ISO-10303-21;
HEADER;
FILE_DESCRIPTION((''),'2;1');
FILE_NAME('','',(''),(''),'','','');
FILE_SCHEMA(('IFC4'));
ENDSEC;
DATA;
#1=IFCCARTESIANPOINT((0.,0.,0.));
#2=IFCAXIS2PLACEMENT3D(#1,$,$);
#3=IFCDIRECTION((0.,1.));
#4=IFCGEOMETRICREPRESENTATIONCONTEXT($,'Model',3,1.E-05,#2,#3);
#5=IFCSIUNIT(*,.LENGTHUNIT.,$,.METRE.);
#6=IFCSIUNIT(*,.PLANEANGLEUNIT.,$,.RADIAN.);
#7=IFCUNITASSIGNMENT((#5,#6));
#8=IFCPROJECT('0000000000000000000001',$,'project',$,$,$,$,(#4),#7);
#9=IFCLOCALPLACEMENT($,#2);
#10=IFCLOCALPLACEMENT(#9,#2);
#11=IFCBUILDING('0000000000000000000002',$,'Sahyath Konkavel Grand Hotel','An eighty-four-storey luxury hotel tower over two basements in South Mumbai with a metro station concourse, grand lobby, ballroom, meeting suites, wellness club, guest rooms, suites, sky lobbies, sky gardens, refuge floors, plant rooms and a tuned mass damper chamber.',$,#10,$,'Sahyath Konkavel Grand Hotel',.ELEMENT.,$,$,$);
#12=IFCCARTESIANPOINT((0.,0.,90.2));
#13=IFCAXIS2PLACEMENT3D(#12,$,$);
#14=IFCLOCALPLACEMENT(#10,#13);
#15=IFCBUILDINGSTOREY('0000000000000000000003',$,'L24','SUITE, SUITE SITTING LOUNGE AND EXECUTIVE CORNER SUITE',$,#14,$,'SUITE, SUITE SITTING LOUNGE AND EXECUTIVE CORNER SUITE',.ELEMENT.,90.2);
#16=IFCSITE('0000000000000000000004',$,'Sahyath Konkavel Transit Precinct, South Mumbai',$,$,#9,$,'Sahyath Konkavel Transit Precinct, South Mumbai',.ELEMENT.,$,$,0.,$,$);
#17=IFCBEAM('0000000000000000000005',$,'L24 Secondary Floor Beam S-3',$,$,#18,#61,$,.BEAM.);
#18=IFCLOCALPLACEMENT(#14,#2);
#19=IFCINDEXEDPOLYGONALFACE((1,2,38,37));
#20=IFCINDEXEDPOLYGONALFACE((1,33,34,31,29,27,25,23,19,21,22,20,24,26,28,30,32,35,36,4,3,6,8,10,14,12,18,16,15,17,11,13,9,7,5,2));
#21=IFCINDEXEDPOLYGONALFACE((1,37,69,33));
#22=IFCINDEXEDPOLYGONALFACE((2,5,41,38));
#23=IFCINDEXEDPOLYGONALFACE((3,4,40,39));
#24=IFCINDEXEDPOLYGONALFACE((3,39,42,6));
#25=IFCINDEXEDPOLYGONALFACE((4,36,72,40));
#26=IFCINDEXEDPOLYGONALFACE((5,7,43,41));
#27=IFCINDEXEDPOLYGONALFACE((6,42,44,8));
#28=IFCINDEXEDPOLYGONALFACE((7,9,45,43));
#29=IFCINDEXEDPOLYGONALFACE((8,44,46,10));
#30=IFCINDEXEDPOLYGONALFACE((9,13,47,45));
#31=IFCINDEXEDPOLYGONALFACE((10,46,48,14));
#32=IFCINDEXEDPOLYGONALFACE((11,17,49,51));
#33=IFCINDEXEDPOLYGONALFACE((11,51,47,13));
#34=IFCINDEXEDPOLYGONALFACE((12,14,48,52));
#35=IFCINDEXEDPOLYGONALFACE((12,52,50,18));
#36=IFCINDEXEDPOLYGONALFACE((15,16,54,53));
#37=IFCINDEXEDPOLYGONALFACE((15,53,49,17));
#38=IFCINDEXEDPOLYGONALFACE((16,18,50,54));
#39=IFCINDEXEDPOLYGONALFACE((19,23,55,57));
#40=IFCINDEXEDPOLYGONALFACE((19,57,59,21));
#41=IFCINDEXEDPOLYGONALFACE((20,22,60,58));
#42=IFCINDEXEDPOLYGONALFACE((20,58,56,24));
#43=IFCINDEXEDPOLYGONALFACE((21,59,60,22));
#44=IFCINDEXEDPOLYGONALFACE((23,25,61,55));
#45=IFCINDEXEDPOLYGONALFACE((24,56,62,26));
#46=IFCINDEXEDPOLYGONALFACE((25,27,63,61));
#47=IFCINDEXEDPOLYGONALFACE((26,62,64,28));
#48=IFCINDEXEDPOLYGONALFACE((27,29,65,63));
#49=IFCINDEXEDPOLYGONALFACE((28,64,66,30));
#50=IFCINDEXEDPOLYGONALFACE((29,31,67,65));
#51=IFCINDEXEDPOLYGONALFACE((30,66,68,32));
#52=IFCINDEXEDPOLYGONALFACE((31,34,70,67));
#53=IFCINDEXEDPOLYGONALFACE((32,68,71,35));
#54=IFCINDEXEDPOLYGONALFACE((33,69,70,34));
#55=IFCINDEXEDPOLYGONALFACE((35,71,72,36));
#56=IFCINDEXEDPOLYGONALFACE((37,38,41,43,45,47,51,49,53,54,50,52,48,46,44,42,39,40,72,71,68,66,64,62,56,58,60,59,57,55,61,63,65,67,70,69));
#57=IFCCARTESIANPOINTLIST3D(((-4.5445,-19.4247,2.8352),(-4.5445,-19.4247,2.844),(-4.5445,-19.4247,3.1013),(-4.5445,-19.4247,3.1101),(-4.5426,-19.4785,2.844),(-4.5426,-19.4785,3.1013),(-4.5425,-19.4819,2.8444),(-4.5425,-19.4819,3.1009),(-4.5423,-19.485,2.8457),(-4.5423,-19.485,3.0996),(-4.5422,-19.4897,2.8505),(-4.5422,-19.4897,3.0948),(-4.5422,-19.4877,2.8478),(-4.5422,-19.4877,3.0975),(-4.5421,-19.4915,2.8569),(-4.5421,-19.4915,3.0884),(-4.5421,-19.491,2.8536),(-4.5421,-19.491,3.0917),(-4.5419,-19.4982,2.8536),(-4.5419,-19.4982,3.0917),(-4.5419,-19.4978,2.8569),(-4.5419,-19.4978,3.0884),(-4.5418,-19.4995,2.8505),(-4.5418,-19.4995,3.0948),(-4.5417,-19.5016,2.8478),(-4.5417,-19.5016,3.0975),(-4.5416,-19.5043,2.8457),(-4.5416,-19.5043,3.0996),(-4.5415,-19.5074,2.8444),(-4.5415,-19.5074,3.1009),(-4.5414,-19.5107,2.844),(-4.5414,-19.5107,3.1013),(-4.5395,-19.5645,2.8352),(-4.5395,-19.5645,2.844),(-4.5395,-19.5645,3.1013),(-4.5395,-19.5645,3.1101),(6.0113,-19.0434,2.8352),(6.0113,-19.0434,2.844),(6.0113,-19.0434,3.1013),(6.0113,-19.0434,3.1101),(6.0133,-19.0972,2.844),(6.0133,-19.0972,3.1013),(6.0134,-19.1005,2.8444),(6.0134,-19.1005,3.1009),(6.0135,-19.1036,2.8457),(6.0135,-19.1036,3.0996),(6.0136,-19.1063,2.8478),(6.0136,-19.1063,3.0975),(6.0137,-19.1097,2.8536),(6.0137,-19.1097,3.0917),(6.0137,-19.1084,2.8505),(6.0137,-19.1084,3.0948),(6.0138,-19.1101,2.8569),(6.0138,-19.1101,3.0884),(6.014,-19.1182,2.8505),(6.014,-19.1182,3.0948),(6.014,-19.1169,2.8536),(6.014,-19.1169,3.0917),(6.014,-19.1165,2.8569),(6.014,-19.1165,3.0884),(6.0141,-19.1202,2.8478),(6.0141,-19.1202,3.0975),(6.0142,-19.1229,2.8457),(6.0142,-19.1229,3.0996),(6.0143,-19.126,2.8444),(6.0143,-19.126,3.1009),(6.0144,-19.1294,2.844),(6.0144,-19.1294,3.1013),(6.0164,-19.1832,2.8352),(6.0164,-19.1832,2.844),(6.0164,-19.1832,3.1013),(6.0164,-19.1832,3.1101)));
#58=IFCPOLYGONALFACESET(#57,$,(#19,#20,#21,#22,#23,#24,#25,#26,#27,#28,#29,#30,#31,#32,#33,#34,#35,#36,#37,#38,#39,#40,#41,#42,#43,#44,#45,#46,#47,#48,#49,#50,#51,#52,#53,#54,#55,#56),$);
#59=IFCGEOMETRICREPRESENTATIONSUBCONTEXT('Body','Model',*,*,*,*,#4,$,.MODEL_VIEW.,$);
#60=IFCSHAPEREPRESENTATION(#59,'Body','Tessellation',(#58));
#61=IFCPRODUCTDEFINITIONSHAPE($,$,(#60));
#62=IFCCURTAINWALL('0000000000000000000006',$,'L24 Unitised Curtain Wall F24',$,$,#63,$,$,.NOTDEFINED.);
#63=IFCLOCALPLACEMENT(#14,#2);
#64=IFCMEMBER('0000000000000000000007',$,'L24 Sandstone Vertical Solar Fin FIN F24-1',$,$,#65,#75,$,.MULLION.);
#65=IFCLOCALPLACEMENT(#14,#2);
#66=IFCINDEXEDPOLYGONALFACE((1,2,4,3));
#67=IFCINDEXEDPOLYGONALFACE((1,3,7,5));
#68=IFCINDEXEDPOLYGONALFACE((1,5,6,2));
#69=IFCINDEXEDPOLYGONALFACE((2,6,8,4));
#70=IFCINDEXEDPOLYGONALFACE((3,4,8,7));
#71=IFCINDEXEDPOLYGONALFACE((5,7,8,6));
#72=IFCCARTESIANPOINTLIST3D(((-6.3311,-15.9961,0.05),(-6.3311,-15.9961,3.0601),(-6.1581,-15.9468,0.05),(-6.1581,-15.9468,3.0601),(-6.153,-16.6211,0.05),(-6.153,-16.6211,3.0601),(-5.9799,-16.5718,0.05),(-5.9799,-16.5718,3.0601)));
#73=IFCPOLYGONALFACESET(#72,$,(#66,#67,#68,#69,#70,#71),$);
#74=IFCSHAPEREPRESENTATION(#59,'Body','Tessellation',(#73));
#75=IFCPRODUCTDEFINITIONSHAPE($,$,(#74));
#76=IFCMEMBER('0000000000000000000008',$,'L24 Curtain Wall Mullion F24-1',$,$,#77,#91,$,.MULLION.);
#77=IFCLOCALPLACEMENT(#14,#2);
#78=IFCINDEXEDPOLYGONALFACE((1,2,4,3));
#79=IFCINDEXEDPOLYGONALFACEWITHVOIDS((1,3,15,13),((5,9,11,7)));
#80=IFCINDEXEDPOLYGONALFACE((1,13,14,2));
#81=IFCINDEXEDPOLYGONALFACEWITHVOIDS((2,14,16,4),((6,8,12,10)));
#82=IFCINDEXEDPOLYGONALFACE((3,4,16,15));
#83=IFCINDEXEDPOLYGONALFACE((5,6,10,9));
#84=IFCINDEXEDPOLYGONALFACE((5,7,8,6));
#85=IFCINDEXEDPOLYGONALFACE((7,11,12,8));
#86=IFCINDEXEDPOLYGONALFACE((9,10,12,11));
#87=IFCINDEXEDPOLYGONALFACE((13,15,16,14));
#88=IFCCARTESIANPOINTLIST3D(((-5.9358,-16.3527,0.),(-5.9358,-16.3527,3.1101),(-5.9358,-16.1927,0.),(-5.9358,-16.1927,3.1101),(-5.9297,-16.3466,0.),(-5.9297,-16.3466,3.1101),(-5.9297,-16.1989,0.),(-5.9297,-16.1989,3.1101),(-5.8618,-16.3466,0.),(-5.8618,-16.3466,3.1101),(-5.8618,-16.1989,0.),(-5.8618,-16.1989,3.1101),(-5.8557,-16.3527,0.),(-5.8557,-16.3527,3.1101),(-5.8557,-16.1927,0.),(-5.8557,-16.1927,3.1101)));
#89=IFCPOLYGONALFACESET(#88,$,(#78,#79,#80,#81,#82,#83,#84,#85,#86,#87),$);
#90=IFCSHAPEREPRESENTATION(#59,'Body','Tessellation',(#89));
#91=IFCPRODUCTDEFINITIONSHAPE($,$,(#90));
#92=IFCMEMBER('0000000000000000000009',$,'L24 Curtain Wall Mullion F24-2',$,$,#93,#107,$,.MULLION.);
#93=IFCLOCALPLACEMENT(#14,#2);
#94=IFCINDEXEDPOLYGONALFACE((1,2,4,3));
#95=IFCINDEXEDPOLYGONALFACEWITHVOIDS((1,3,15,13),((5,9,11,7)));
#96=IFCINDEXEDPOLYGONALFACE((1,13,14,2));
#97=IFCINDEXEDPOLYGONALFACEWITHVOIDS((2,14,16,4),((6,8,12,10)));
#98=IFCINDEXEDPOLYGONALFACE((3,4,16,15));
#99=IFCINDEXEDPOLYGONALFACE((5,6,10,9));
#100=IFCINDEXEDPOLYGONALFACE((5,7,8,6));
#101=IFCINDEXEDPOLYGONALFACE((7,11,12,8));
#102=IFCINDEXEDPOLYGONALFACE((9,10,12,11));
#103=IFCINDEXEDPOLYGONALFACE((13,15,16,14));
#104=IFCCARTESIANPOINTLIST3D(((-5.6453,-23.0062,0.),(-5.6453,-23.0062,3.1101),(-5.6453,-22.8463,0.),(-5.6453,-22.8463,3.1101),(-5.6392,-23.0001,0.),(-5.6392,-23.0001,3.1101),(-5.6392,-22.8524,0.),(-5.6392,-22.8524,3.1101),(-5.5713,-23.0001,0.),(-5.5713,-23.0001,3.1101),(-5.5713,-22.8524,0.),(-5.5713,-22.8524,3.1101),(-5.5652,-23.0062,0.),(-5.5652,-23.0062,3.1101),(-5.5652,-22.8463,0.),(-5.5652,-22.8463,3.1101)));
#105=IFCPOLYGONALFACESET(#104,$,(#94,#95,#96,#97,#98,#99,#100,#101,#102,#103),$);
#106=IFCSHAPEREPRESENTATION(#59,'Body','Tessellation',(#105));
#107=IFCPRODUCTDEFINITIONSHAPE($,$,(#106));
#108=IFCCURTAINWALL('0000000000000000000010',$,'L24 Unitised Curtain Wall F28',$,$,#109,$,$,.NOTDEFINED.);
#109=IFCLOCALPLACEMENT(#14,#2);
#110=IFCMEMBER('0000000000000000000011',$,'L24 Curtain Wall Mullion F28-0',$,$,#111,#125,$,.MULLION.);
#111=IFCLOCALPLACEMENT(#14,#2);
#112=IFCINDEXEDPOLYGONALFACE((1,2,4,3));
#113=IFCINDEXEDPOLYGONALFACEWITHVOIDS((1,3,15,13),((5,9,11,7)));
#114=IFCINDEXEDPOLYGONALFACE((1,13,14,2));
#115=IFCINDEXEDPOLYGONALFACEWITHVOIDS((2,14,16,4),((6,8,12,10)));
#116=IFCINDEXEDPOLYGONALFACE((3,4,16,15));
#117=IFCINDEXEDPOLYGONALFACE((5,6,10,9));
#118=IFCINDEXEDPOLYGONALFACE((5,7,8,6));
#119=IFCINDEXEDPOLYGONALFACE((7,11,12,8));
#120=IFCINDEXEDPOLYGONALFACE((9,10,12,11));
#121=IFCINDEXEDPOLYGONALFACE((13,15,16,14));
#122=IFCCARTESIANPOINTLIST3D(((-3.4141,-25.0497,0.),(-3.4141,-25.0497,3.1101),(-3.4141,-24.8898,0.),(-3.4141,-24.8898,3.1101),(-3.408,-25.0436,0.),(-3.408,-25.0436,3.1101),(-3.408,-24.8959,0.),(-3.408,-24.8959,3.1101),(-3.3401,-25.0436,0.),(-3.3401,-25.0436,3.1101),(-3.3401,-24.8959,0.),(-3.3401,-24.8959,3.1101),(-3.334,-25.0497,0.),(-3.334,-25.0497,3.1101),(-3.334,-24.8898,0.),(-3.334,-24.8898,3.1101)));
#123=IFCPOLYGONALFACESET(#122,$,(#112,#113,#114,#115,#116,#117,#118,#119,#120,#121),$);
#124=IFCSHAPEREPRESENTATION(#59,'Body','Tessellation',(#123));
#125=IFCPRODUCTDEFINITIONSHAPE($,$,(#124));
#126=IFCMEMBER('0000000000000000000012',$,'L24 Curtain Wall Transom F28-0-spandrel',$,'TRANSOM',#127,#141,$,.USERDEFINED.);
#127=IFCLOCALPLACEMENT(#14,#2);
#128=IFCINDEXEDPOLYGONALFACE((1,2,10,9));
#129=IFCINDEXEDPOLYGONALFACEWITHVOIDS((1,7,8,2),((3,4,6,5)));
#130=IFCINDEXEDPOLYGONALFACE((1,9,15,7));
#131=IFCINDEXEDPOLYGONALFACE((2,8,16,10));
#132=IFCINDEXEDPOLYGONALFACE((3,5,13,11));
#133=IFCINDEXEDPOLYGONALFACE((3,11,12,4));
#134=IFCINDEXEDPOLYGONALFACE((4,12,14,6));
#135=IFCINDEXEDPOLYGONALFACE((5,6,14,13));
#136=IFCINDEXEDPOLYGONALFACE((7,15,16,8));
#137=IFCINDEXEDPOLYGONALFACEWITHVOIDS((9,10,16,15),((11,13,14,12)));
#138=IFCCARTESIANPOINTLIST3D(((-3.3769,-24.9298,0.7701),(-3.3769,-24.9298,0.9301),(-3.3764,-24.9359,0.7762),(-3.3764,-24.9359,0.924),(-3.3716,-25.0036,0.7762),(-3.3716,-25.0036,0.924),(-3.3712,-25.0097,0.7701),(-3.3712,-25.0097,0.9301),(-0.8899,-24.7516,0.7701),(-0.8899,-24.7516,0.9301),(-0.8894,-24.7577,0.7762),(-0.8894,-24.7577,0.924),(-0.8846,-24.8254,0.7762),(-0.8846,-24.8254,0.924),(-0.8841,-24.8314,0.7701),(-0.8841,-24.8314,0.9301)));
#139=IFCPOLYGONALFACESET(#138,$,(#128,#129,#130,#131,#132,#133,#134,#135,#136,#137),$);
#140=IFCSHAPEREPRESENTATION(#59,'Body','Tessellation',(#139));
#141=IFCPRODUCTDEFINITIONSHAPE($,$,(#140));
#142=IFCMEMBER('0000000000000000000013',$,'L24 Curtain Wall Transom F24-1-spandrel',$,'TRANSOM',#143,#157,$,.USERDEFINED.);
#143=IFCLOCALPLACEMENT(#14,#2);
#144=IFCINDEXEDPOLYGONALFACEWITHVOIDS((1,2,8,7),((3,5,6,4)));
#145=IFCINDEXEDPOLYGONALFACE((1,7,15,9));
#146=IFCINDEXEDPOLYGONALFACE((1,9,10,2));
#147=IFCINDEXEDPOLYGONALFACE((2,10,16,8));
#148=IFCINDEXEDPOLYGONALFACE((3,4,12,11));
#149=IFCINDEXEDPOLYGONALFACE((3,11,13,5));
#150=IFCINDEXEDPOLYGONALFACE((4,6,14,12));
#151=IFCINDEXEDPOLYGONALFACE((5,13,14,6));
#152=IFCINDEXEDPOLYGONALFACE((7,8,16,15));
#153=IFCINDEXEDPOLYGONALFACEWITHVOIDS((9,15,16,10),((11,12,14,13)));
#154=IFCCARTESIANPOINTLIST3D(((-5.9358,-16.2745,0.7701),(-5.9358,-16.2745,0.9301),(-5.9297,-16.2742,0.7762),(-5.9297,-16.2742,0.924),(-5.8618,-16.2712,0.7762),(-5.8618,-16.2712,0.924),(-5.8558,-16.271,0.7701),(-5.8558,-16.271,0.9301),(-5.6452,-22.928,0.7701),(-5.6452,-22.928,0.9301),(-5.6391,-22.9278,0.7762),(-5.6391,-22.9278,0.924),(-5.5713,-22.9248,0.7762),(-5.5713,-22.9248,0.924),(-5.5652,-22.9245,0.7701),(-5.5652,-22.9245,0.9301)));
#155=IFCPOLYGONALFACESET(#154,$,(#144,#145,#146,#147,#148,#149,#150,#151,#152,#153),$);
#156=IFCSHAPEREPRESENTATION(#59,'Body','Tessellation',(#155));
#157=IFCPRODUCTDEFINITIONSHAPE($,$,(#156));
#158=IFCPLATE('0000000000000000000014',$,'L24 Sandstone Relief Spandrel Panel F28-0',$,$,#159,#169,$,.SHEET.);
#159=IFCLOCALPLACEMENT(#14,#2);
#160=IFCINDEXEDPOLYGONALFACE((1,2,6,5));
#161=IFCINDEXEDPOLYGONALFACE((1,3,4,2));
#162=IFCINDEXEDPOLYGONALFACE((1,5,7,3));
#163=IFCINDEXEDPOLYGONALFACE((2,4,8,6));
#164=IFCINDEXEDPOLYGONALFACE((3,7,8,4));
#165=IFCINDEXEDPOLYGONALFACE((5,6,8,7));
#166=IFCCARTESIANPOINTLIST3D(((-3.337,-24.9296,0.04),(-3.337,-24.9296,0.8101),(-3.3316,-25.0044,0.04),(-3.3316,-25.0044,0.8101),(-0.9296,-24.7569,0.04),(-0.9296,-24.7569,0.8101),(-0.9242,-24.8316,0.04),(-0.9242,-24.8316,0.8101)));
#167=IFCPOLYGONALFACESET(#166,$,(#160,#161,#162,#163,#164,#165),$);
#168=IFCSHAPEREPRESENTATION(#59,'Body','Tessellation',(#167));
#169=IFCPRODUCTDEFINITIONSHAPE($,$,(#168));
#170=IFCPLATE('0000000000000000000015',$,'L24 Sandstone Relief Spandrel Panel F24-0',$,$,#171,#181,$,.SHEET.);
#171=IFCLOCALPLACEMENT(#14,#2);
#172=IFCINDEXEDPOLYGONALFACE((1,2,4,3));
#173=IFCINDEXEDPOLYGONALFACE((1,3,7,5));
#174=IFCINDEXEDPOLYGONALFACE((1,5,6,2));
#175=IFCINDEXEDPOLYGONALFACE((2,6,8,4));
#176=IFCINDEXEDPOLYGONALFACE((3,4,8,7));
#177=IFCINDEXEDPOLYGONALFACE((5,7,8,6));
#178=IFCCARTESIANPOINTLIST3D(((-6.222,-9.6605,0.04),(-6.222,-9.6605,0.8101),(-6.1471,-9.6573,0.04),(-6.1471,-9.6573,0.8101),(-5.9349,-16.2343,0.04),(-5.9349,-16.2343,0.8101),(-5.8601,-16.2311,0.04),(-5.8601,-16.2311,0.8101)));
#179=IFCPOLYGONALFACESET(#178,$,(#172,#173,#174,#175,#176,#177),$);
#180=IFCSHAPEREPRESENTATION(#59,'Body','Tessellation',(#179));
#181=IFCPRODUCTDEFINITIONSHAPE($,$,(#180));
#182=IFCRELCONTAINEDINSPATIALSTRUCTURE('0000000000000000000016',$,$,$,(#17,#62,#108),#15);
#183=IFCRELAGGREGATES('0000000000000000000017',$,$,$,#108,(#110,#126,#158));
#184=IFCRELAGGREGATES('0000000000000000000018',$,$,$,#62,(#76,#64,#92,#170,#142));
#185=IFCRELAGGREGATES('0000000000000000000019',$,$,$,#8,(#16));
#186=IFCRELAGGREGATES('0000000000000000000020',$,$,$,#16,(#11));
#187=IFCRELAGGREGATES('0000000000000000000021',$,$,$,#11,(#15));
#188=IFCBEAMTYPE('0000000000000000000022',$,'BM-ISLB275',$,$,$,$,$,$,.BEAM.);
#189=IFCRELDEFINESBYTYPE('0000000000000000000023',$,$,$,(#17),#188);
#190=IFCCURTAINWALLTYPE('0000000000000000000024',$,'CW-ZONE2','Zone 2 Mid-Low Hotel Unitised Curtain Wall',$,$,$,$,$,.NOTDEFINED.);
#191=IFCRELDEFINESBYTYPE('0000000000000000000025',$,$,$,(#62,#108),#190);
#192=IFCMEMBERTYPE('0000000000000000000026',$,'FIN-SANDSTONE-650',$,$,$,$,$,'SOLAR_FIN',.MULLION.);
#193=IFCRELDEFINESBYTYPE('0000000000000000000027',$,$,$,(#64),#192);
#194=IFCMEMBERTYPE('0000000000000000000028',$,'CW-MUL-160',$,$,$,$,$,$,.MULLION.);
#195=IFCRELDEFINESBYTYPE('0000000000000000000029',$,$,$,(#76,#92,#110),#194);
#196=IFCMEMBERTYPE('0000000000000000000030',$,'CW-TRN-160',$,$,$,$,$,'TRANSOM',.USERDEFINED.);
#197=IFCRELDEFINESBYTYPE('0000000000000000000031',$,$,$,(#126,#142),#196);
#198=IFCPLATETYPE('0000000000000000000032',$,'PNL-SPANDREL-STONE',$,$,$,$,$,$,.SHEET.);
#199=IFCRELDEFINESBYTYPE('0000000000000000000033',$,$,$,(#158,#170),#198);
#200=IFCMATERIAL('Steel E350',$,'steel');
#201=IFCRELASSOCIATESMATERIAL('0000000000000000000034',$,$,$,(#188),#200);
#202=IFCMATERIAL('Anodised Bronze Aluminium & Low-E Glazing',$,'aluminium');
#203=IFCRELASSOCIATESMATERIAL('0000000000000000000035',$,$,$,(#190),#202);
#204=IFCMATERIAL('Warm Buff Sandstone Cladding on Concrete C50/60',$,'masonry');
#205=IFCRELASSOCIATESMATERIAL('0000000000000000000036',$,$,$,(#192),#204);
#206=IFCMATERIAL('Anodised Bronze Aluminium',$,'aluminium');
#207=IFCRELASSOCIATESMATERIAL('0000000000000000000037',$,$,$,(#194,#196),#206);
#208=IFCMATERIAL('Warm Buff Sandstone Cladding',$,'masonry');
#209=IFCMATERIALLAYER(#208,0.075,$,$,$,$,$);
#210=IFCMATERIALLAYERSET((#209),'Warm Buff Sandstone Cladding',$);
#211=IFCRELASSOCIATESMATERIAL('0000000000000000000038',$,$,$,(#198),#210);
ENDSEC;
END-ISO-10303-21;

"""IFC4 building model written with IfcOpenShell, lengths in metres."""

from ifc_helpers import new_model, si_unit, direction, frame, origin, origin_2d, place, context, subcontext, project, spatial, rectangle, hollow_rectangle, i_section, extrude, source, transform, mapped, material, layer, layer_set, material_profile, profile_set, type_object, element, aggregate, save


model = new_model("IFC4")

# Units and contexts
model_context = context("Model", 3, precision=1e-05, world=origin(), true_north=direction((0.0, 1.0)))
body_context = subcontext(model_context, "Body", "Model", "MODEL_VIEW")
ifc_project = project(units=[si_unit("LENGTHUNIT", "METRE"), si_unit("PLANEANGLEUNIT", "RADIAN")], contexts=[model_context])

# Site, building, storey
site_placement = place(None, origin())
site = spatial("IfcSite", under=ifc_project, at=site_placement, Name="Sahyath Konkavel Transit Precinct, South Mumbai", LongName="Sahyath Konkavel Transit Precinct, South Mumbai", CompositionType="ELEMENT", RefElevation=0.0)
building_placement = place(site_placement, origin())
building = spatial("IfcBuilding", under=site, at=building_placement, Name="Sahyath Konkavel Grand Hotel", Description="An eighty-four-storey luxury hotel tower over two basements in South Mumbai with a metro station concourse, grand lobby, ballroom, meeting suites, wellness club, guest rooms, suites, sky lobbies, sky gardens, refuge floors, plant rooms and a tuned mass damper chamber.", LongName="Sahyath Konkavel Grand Hotel", CompositionType="ELEMENT")
storey_placement = place(building_placement, frame((0.0, 0.0, 90.2)))
storey = spatial("IfcBuildingStorey", under=building, at=storey_placement, Name="L24", Description="SUITE, SUITE SITTING LOUNGE AND EXECUTIVE CORNER SUITE", LongName="SUITE, SUITE SITTING LOUNGE AND EXECUTIVE CORNER SUITE", CompositionType="ELEMENT", Elevation=90.2)

# Beam
ifc_material_1 = material(Name="Steel E350", Category="steel")
ifc_material_profile_1 = material_profile(ifc_material_1, i_section(OverallWidth=0.1399, OverallDepth=0.2749, WebThickness=0.0063, FlangeThickness=0.0088, FilletRadius=0.0129, at=origin_2d()), Name="ISLB 275")
ifc_profile_set_1 = profile_set([ifc_material_profile_1], Name="Steel E350")
beam_type_1 = type_object("IfcBeamType", Name="BM-ISLB275", PredefinedType="BEAM", material=ifc_profile_set_1)
shared_shape_1 = source(origin(), body_context, "Body", "SweptSolid", [
    extrude(i_section(OverallWidth=0.1399, OverallDepth=0.2749, WebThickness=0.0063, FlangeThickness=0.0088, FilletRadius=0.0129, at=origin_2d()), origin(), (0.0, 0.0, 1.0), 10.5627),
])
beam_1_placement = place(storey_placement, frame((-4.542, -19.4946, 2.9727), z_axis=(0.999348, 0.036103, 0.0), x_axis=(-0.036103, 0.999348, 0.0)))
element("IfcBeam", 1, at=beam_1_placement, inside=storey, type_object=beam_type_1, Name="L24 Secondary Floor Beam S-3", PredefinedType="BEAM", context=body_context, shape_type="MappedRepresentation", body=[
    mapped(shared_shape_1, transform((0.0, 0.0, 0.0), scale=1.0)),
])

# Curtain walls, members
ifc_material_2 = material(Name="Anodised Bronze Aluminium & Low-E Glazing", Category="aluminium")
curtain_wall_type = type_object("IfcCurtainWallType", Name="CW-ZONE2", Description="Zone 2 Mid-Low Hotel Unitised Curtain Wall", PredefinedType="NOTDEFINED", material=ifc_material_2)
curtain_wall_1_placement = place(storey_placement, origin())
curtain_wall_1 = element("IfcCurtainWall", 2, at=curtain_wall_1_placement, inside=storey, type_object=curtain_wall_type, Name="L24 Unitised Curtain Wall F24", PredefinedType="NOTDEFINED")
ifc_material_3 = material(Name="Warm Buff Sandstone Cladding on Concrete C50/60", Category="masonry")
ifc_material_profile_2 = material_profile(ifc_material_3, rectangle(XDim=0.1799, YDim=0.6499, at=origin_2d()), Name="FIN 180x650")
ifc_profile_set_2 = profile_set([ifc_material_profile_2], Name="Warm Buff Sandstone Cladding on Concrete C50/60")
member_type_1 = type_object("IfcMemberType", Name="FIN-SANDSTONE-650", ElementType="SOLAR_FIN", PredefinedType="MULLION", material=ifc_profile_set_2)
shared_shape_2 = source(origin(), body_context, "Body", "SweptSolid", [
    extrude(rectangle(XDim=0.1799, YDim=0.6499, at=origin_2d()), origin(), (0.0, 0.0, 1.0), 3.01),
])
member_1_placement = place(storey_placement, frame((-6.1555, -16.2839, 0.05), z_axis=(0.0, 0.0, 1.0), x_axis=(0.961693, 0.274127, 0.0)))
member_1 = element("IfcMember", 3, at=member_1_placement, type_object=member_type_1, Name="L24 Sandstone Vertical Solar Fin FIN F24-1", PredefinedType="MULLION", context=body_context, shape_type="MappedRepresentation", body=[
    mapped(shared_shape_2, transform((0.0, 0.0, 0.0), scale=1.0)),
])
ifc_material_4 = material(Name="Anodised Bronze Aluminium", Category="aluminium")
ifc_material_profile_3 = material_profile(ifc_material_4, hollow_rectangle(XDim=0.0801, YDim=0.1599, WallThickness=0.0061, at=origin_2d()), Name="RHS 160x80x6")
ifc_profile_set_3 = profile_set([ifc_material_profile_3], Name="Anodised Bronze Aluminium")
member_type_2 = type_object("IfcMemberType", Name="CW-MUL-160", PredefinedType="MULLION", material=ifc_profile_set_3)
shared_shape_3 = source(origin(), body_context, "Body", "SweptSolid", [
    extrude(hollow_rectangle(XDim=0.0801, YDim=0.1599, WallThickness=0.0061, at=origin_2d()), origin(), (0.0, 0.0, 1.0), 3.1101),
])
member_2_placement = place(storey_placement, frame((-5.8958, -16.2727, 0.0), z_axis=(0.0, 0.0, 1.0), x_axis=(1.0, 0.0, 0.0)))
member_2 = element("IfcMember", 4, at=member_2_placement, type_object=member_type_2, Name="L24 Curtain Wall Mullion F24-1", PredefinedType="MULLION", context=body_context, shape_type="MappedRepresentation", body=[
    mapped(shared_shape_3, transform((0.0, 0.0, 0.0), scale=1.0)),
])
member_3_placement = place(storey_placement, frame((-5.6052, -22.9263, 0.0), z_axis=(0.0, 0.0, 1.0), x_axis=(1.0, 0.0, 0.0)))
member_3 = element("IfcMember", 5, at=member_3_placement, type_object=member_type_2, Name="L24 Curtain Wall Mullion F24-2", PredefinedType="MULLION", context=body_context, shape_type="MappedRepresentation", body=[
    mapped(shared_shape_3, transform((0.0, 0.0, 0.0), scale=1.0)),
])
curtain_wall_2_placement = place(storey_placement, origin())
curtain_wall_2 = element("IfcCurtainWall", 6, at=curtain_wall_2_placement, inside=storey, type_object=curtain_wall_type, Name="L24 Unitised Curtain Wall F28", PredefinedType="NOTDEFINED")
member_4_placement = place(storey_placement, frame((-3.374, -24.9697, 0.0), z_axis=(0.0, 0.0, 1.0), x_axis=(1.0, 0.0, 0.0)))
member_4 = element("IfcMember", 7, at=member_4_placement, type_object=member_type_2, Name="L24 Curtain Wall Mullion F28-0", PredefinedType="MULLION", context=body_context, shape_type="MappedRepresentation", body=[
    mapped(shared_shape_3, transform((0.0, 0.0, 0.0), scale=1.0)),
])
ifc_material_profile_4 = material_profile(ifc_material_4, hollow_rectangle(XDim=0.0801, YDim=0.1599, WallThickness=0.0061, at=origin_2d()), Name="RHS 160x80x6")
ifc_profile_set_4 = profile_set([ifc_material_profile_4], Name="Anodised Bronze Aluminium")
member_type_3 = type_object("IfcMemberType", Name="CW-TRN-160", ElementType="TRANSOM", PredefinedType="USERDEFINED", material=ifc_profile_set_4)
shared_shape_4 = source(origin(), body_context, "Body", "SweptSolid", [
    extrude(hollow_rectangle(XDim=0.0801, YDim=0.1599, WallThickness=0.0061, at=origin_2d()), origin(), (0.0, 0.0, 1.0), 2.4934),
])
member_5_placement = place(storey_placement, frame((-3.374, -24.9697, 0.8501), z_axis=(0.997442, 0.071477, 0.0), x_axis=(-0.071477, 0.997442, 0.0)))
member_5 = element("IfcMember", 8, at=member_5_placement, type_object=member_type_3, Name="L24 Curtain Wall Transom F28-0-spandrel", ObjectType="TRANSOM", PredefinedType="USERDEFINED", context=body_context, shape_type="MappedRepresentation", body=[
    mapped(shared_shape_4, transform((0.0, 0.0, 0.0), scale=1.0)),
])

# Member
shared_shape_5 = source(origin(), body_context, "Body", "SweptSolid", [
    extrude(hollow_rectangle(XDim=0.0801, YDim=0.1599, WallThickness=0.0061, at=origin_2d()), origin(), (0.0, 0.0, 1.0), 6.6599),
])
member_6_placement = place(storey_placement, frame((-5.8958, -16.2727, 0.8501), z_axis=(0.043623, -0.999048, 0.0), x_axis=(0.999048, 0.043623, 0.0)))
member_6 = element("IfcMember", 9, at=member_6_placement, type_object=member_type_3, Name="L24 Curtain Wall Transom F24-1-spandrel", ObjectType="TRANSOM", PredefinedType="USERDEFINED", context=body_context, shape_type="MappedRepresentation", body=[
    mapped(shared_shape_5, transform((0.0, 0.0, 0.0), scale=1.0)),
])

# Plates
ifc_material_5 = material(Name="Warm Buff Sandstone Cladding", Category="masonry")
ifc_layer_1 = layer(ifc_material_5, 0.075)
ifc_layer_set_1 = layer_set([ifc_layer_1], Name="Warm Buff Sandstone Cladding")
plate_type_1 = type_object("IfcPlateType", Name="PNL-SPANDREL-STONE", PredefinedType="SHEET", material=ifc_layer_set_1)
shared_shape_6 = source(origin(), body_context, "Body", "SweptSolid", [
    extrude(rectangle(XDim=2.4136, YDim=0.075, at=origin_2d()), origin(), (0.0, 0.0, 1.0), 0.77),
])
plate_1_placement = place(storey_placement, frame((-2.1306, -24.8806, 0.04), z_axis=(0.0, 0.0, 1.0), x_axis=(0.997436, 0.071567, 0.0)))
plate_1 = element("IfcPlate", 10, at=plate_1_placement, type_object=plate_type_1, Name="L24 Sandstone Relief Spandrel Panel F28-0", PredefinedType="SHEET", context=body_context, shape_type="MappedRepresentation", body=[
    mapped(shared_shape_6, transform((0.0, 0.0, 0.0), scale=1.0)),
])
shared_shape_7 = source(origin(), body_context, "Body", "SweptSolid", [
    extrude(rectangle(XDim=6.5801, YDim=0.075, at=origin_2d()), origin(), (0.0, 0.0, 1.0), 0.77),
])
plate_2_placement = place(storey_placement, frame((-6.041, -12.9458, 0.04), z_axis=(0.0, 0.0, 1.0), x_axis=(0.043619, -0.999048, 0.0)))
plate_2 = element("IfcPlate", 11, at=plate_2_placement, type_object=plate_type_1, Name="L24 Sandstone Relief Spandrel Panel F24-0", PredefinedType="SHEET", context=body_context, shape_type="MappedRepresentation", body=[
    mapped(shared_shape_7, transform((0.0, 0.0, 0.0), scale=1.0)),
])
aggregate(curtain_wall_2, [member_4, member_5, plate_1])
aggregate(curtain_wall_1, [member_2, member_1, member_3, plate_2, member_6])

save(model, "model.ifc")
